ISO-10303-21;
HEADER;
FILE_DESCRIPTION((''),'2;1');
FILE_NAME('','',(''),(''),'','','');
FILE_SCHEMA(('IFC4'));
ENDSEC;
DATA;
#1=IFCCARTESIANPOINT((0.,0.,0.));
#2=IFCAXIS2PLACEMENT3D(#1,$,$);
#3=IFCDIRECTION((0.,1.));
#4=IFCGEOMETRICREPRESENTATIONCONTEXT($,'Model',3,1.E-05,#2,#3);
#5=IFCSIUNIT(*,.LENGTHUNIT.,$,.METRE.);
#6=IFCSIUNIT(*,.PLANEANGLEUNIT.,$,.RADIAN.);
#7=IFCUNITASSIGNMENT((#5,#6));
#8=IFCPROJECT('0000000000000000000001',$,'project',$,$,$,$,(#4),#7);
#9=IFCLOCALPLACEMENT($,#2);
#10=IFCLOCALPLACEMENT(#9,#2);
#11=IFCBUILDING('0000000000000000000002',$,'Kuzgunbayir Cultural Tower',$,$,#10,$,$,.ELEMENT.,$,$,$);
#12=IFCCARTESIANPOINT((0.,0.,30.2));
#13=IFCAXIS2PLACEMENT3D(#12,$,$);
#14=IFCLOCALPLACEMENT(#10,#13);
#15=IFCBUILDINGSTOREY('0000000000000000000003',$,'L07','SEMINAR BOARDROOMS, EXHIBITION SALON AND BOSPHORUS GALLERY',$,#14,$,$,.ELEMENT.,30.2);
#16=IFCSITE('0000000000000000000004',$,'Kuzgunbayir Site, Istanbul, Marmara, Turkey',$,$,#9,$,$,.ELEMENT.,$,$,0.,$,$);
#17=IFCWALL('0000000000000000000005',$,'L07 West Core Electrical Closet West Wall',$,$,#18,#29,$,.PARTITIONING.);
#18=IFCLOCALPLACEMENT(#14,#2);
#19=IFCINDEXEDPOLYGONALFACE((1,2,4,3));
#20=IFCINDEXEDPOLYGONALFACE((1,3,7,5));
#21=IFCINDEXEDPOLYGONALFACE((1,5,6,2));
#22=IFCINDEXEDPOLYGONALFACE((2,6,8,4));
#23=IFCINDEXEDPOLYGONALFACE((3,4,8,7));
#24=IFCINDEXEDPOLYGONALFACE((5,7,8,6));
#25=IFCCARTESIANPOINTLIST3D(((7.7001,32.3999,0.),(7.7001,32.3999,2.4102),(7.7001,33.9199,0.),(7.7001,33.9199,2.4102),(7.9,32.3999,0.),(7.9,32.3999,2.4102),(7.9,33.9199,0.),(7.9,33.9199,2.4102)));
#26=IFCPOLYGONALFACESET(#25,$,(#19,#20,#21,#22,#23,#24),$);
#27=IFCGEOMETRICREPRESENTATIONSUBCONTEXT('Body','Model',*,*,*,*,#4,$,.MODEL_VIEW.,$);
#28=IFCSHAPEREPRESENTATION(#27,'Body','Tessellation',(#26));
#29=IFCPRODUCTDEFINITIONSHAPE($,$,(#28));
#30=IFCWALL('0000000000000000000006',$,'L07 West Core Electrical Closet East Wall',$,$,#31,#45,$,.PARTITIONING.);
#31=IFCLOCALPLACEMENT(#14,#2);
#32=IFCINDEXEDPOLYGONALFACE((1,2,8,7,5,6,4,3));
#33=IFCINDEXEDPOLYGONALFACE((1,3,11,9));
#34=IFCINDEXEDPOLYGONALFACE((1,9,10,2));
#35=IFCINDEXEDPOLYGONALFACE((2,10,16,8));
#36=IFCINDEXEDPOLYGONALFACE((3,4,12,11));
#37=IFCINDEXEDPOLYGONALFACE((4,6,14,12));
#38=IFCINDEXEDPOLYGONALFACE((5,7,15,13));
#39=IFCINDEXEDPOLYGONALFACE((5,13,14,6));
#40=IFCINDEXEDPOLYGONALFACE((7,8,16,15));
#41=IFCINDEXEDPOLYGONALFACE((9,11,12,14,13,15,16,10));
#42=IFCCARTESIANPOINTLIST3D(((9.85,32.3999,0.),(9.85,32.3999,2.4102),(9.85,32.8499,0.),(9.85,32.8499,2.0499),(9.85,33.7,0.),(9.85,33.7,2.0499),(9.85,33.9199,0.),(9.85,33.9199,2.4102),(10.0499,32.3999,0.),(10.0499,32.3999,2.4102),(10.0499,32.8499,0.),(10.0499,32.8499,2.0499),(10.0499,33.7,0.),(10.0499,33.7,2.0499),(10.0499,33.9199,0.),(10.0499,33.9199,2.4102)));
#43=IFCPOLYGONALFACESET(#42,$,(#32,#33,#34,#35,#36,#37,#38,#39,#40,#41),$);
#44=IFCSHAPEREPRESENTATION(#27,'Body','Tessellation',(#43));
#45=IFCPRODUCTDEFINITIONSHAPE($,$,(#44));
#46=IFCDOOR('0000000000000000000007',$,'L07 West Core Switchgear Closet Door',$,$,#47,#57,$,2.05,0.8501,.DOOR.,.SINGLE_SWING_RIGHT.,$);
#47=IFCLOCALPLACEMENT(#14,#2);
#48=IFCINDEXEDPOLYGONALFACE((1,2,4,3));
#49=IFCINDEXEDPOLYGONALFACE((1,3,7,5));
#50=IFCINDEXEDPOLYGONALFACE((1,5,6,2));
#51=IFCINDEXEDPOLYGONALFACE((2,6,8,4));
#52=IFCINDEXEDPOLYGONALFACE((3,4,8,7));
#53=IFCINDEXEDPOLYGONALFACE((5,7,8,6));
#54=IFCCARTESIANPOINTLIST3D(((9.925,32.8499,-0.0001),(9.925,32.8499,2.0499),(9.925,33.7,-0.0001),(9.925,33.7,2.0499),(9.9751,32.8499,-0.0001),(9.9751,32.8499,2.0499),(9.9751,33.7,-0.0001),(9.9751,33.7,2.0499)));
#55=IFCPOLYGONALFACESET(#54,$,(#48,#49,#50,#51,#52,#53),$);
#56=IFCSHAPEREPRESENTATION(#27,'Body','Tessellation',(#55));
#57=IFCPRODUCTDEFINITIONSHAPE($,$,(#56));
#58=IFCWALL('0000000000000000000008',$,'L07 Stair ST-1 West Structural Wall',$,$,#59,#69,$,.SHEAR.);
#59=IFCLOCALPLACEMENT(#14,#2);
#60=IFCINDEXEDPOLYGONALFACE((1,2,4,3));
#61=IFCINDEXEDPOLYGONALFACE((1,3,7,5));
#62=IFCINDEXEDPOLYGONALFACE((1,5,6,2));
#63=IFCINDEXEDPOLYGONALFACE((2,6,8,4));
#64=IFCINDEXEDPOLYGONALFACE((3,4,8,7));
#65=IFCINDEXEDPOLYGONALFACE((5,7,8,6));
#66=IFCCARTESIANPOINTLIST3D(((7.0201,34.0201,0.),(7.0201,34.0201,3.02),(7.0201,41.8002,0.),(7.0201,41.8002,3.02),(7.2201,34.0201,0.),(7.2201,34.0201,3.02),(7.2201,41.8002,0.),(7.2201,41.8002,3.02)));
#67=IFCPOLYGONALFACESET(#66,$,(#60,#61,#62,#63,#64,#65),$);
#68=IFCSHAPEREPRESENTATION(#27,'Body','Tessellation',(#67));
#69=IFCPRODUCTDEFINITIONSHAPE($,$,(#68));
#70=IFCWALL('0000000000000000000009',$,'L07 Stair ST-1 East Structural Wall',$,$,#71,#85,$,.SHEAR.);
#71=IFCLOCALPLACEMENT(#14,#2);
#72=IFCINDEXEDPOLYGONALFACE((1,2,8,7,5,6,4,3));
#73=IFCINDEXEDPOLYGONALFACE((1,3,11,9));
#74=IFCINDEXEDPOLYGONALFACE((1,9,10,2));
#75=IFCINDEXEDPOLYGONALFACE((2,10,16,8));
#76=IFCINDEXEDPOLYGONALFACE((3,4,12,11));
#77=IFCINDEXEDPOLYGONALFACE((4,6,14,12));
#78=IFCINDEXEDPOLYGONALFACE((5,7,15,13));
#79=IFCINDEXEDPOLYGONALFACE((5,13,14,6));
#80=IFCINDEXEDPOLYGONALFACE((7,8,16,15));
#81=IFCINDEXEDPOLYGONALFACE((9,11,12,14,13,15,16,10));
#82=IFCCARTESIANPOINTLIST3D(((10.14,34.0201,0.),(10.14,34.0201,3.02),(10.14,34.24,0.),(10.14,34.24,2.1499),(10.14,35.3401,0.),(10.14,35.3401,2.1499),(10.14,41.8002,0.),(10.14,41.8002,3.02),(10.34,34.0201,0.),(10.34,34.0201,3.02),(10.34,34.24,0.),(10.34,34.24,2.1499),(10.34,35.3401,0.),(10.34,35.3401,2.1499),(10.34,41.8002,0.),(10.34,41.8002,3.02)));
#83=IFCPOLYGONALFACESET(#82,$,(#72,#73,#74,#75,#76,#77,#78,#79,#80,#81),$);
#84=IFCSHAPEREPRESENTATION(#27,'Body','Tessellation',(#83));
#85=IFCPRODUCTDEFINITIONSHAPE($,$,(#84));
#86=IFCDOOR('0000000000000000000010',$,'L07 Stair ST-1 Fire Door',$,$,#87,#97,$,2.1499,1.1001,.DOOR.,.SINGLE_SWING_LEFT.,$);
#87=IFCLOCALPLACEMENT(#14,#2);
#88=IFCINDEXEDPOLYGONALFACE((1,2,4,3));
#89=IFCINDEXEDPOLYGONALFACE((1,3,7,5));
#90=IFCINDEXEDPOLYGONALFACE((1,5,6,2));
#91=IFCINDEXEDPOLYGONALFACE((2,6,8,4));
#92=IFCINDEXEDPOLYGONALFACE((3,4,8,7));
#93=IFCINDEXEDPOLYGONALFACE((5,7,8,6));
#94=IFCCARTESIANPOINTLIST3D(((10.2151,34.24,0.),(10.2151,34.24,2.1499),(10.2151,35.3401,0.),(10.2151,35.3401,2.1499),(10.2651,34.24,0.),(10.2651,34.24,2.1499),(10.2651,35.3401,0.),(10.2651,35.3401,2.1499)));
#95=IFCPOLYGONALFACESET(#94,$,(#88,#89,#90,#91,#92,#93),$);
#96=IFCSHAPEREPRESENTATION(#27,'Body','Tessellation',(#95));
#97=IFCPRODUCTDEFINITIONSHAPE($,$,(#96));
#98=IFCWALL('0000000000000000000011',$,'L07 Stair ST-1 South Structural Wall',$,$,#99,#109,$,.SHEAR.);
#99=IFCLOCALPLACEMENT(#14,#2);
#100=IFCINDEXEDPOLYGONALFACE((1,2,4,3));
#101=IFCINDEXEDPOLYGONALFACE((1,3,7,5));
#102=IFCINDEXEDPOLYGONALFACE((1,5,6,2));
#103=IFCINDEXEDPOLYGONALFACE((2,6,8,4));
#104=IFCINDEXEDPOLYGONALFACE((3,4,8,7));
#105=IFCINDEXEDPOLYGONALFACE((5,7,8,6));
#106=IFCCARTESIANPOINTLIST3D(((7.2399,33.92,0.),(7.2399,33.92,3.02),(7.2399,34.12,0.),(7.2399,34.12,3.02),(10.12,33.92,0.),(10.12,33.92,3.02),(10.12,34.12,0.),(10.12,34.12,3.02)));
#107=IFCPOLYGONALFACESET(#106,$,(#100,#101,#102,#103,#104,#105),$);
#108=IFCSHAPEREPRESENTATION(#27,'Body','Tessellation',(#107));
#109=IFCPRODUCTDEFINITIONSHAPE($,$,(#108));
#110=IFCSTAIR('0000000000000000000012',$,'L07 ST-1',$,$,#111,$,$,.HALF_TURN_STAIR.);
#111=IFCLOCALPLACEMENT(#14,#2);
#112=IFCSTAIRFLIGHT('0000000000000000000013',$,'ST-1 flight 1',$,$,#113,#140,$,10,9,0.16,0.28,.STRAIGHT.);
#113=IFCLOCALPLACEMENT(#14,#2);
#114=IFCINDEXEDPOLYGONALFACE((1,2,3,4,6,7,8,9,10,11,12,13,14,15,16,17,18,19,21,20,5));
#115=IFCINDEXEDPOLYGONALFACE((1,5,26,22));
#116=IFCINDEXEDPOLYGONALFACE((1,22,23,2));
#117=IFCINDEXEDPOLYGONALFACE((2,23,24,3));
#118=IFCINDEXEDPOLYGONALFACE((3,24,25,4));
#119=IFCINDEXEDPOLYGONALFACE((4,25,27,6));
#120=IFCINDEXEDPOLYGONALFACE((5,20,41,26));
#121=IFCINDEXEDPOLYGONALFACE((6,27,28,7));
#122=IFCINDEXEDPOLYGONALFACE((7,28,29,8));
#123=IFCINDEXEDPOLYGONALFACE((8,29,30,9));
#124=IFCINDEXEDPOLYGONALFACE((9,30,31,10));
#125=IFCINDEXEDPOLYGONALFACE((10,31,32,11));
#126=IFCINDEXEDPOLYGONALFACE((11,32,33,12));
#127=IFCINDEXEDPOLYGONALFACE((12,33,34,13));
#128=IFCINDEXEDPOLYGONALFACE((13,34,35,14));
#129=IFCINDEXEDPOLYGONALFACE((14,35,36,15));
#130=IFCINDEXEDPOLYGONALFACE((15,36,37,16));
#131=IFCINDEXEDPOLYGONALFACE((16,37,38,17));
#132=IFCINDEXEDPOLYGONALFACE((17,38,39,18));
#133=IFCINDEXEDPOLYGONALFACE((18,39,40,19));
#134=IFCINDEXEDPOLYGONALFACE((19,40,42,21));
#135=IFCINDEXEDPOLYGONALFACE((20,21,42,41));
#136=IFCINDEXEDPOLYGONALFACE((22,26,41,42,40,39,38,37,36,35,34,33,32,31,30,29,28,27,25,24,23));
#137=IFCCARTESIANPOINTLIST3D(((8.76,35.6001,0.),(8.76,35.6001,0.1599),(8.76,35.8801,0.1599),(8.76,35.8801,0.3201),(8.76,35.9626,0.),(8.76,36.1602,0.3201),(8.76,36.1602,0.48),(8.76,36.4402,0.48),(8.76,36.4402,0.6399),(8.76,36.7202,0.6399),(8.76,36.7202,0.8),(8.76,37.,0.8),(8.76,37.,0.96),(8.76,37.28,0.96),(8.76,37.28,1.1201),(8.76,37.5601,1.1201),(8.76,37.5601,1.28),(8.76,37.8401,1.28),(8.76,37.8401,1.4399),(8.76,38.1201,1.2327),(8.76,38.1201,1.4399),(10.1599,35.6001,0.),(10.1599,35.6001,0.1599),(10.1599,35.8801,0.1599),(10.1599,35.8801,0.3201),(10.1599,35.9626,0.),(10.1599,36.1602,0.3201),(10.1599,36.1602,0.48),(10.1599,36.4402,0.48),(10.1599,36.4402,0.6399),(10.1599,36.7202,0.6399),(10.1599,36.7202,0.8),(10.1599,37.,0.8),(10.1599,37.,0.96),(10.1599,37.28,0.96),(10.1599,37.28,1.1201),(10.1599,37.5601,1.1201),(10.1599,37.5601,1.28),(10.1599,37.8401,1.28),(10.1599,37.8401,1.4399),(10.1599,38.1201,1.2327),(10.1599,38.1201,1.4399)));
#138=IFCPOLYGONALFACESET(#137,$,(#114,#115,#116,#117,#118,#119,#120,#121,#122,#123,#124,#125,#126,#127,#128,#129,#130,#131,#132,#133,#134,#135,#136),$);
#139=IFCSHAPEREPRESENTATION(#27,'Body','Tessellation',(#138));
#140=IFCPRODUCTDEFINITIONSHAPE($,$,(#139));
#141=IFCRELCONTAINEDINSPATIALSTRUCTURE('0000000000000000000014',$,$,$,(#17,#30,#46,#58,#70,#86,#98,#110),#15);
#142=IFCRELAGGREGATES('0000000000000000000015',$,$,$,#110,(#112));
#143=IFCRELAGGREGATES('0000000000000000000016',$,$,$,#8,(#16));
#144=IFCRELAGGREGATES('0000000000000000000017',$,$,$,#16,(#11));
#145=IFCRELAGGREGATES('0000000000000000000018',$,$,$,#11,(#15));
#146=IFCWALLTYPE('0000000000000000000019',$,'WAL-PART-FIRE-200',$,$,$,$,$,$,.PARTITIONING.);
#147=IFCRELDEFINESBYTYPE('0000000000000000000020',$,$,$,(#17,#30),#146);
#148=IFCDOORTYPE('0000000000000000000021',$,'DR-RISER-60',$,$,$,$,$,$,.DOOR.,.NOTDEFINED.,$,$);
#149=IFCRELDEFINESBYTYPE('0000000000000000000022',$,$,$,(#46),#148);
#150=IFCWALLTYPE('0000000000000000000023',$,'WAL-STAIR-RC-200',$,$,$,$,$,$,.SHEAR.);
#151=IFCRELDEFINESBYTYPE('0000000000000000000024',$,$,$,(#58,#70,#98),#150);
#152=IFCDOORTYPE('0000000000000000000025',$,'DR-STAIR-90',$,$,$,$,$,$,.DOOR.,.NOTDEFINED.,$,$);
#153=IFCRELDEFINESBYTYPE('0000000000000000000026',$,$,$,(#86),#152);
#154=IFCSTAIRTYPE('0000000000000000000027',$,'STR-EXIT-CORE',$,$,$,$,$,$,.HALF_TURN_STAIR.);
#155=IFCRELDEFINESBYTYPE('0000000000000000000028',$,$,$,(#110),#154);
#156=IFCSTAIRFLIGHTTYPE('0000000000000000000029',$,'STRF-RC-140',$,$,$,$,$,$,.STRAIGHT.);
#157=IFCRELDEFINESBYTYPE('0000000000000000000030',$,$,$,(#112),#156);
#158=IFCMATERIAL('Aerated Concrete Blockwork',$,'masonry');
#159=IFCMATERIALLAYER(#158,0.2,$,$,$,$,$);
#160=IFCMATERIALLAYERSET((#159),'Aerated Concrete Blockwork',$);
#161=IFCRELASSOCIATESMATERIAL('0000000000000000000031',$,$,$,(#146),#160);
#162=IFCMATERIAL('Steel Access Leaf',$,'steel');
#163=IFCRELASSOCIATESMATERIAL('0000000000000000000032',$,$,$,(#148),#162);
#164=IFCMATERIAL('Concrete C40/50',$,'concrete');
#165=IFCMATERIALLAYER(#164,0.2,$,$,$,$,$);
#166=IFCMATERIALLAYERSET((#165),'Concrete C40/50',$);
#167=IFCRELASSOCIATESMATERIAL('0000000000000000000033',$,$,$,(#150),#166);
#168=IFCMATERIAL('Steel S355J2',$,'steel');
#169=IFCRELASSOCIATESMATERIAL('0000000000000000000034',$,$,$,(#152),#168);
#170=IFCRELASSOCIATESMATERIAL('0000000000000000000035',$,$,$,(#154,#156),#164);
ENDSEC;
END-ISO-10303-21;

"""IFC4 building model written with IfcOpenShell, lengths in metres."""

from ifc_helpers import new_model, si_unit, direction, frame, frame_2d, origin, place, context, subcontext, project, spatial, polyline, rectangle, outline, extrude, material, layer, layer_set, type_object, element, fill, aggregate, save


model = new_model("IFC4")

# Units and contexts
model_context = context("Model", 3, precision=1e-05, world=origin(), true_north=direction((0.0, 1.0)))
body_context = subcontext(model_context, "Body", "Model", "MODEL_VIEW")
ifc_project = project(units=[si_unit("LENGTHUNIT", "METRE"), si_unit("PLANEANGLEUNIT", "RADIAN")], contexts=[model_context])

# Site, building, storey
site_placement = place(None, origin())
site = spatial("IfcSite", under=ifc_project, at=site_placement, Name="Kuzgunbayir Site, Istanbul, Marmara, Turkey", CompositionType="ELEMENT", RefElevation=0.0)
building_placement = place(site_placement, origin())
building = spatial("IfcBuilding", under=site, at=building_placement, Name="Kuzgunbayir Cultural Tower", CompositionType="ELEMENT")
storey_placement = place(building_placement, frame((0.0, 0.0, 30.2)))
storey = spatial("IfcBuildingStorey", under=building, at=storey_placement, Name="L07", Description="SEMINAR BOARDROOMS, EXHIBITION SALON AND BOSPHORUS GALLERY", CompositionType="ELEMENT", Elevation=30.2)

# Shared definitions
ifc_material_1 = material(Name="Steel S355J2", Category="steel")

# Shared definitions
ifc_material_2 = material(Name="Aerated Concrete Blockwork", Category="masonry")
ifc_layer_1 = layer(ifc_material_2, 0.2)
ifc_layer_set_1 = layer_set([ifc_layer_1], Name="Aerated Concrete Blockwork")
wall_type_1 = type_object("IfcWallType", Name="WAL-PART-FIRE-200", PredefinedType="PARTITIONING", material=ifc_layer_set_1)

# Wall
wall_1_placement = place(storey_placement, frame((7.8, 32.3999, 0.0), z_axis=(0.0, 0.0, 1.0), x_axis=(0.0, 1.0, 0.0)))
element("IfcWall", 1, at=wall_1_placement, inside=storey, type_object=wall_type_1, Name="L07 West Core Electrical Closet West Wall", PredefinedType="PARTITIONING", context=body_context, shape_type="SweptSolid", body=[
    extrude(rectangle(XDim=1.52, YDim=0.2, at=frame_2d((0.76, 0.0))), origin(), (0.0, 0.0, 1.0), 2.4102),
])

# Wall, opening, door
wall_2_placement = place(storey_placement, frame((9.95, 32.3999, 0.0), z_axis=(0.0, 0.0, 1.0), x_axis=(0.0, 1.0, 0.0)))
wall_2 = element("IfcWall", 2, at=wall_2_placement, inside=storey, type_object=wall_type_1, Name="L07 West Core Electrical Closet East Wall", PredefinedType="PARTITIONING", context=body_context, shape_type="SweptSolid", body=[
    extrude(rectangle(XDim=1.52, YDim=0.2, at=frame_2d((0.76, 0.0))), origin(), (0.0, 0.0, 1.0), 2.4102),
])
opening_1_placement = place(wall_2_placement, frame((0.45, 0.0, 0.0)))
opening_1 = element("IfcOpeningElement", 3, at=opening_1_placement, cuts=wall_2, PredefinedType="OPENING", context=body_context, shape_type="SweptSolid", body=[
    extrude(rectangle(XDim=0.8501, YDim=2.05, at=frame_2d((0.425, 1.0249))), frame((0.0, 0.1099, 0.0), z_axis=(0.0, -1.0, 0.0), x_axis=(1.0, 0.0, 0.0)), (0.0, 0.0, 1.0), 0.22),
])
ifc_material_3 = material(Name="Steel Access Leaf", Category="steel")
door_type_1 = type_object("IfcDoorType", Name="DR-RISER-60", OperationType="NOTDEFINED", PredefinedType="DOOR", material=ifc_material_3)
door_1_placement = place(opening_1_placement, origin())
door_1 = element("IfcDoor", 4, at=door_1_placement, inside=storey, type_object=door_type_1, Name="L07 West Core Switchgear Closet Door", OperationType="SINGLE_SWING_RIGHT", OverallHeight=2.05, OverallWidth=0.8501, PredefinedType="DOOR", context=body_context, shape_type="SweptSolid", body=[
    extrude(rectangle(XDim=0.8501, YDim=2.05, at=frame_2d((0.425, 1.0249))), frame((0.0, 0.0249, 0.0), z_axis=(0.0, -1.0, 0.0), x_axis=(1.0, 0.0, 0.0)), (0.0, 0.0, 1.0), 0.05),
])
fill(opening_1, door_1)

# Wall
ifc_material_4 = material(Name="Concrete C40/50", Category="concrete")
ifc_layer_2 = layer(ifc_material_4, 0.2)
ifc_layer_set_2 = layer_set([ifc_layer_2], Name="Concrete C40/50")
wall_type_2 = type_object("IfcWallType", Name="WAL-STAIR-RC-200", PredefinedType="SHEAR", material=ifc_layer_set_2)
wall_3_placement = place(storey_placement, frame((7.1201, 34.02, 0.0), z_axis=(0.0, 0.0, 1.0), x_axis=(0.0, 1.0, 0.0)))
element("IfcWall", 5, at=wall_3_placement, inside=storey, type_object=wall_type_2, Name="L07 Stair ST-1 West Structural Wall", PredefinedType="SHEAR", context=body_context, shape_type="SweptSolid", body=[
    extrude(rectangle(XDim=7.78, YDim=0.2, at=frame_2d((3.8901, 0.0))), origin(), (0.0, 0.0, 1.0), 3.02),
])

# Wall, opening, door
wall_4_placement = place(storey_placement, frame((10.24, 34.02, 0.0), z_axis=(0.0, 0.0, 1.0), x_axis=(0.0, 1.0, 0.0)))
wall_4 = element("IfcWall", 6, at=wall_4_placement, inside=storey, type_object=wall_type_2, Name="L07 Stair ST-1 East Structural Wall", PredefinedType="SHEAR", context=body_context, shape_type="SweptSolid", body=[
    extrude(rectangle(XDim=7.78, YDim=0.2, at=frame_2d((3.8901, 0.0))), origin(), (0.0, 0.0, 1.0), 3.02),
])
opening_2_placement = place(wall_4_placement, frame((0.22, 0.0, 0.0)))
opening_2 = element("IfcOpeningElement", 7, at=opening_2_placement, cuts=wall_4, PredefinedType="OPENING", context=body_context, shape_type="SweptSolid", body=[
    extrude(rectangle(XDim=1.1001, YDim=2.1499, at=frame_2d((0.55, 1.075))), frame((0.0, 0.1099, 0.0), z_axis=(0.0, -1.0, 0.0), x_axis=(1.0, 0.0, 0.0)), (0.0, 0.0, 1.0), 0.22),
])
door_type_2 = type_object("IfcDoorType", Name="DR-STAIR-90", OperationType="NOTDEFINED", PredefinedType="DOOR", material=ifc_material_1)
door_2_placement = place(opening_2_placement, origin())
door_2 = element("IfcDoor", 8, at=door_2_placement, inside=storey, type_object=door_type_2, Name="L07 Stair ST-1 Fire Door", OperationType="SINGLE_SWING_LEFT", OverallHeight=2.1499, OverallWidth=1.1001, PredefinedType="DOOR", context=body_context, shape_type="SweptSolid", body=[
    extrude(rectangle(XDim=1.1001, YDim=2.1499, at=frame_2d((0.55, 1.075))), frame((0.0, 0.0249, 0.0), z_axis=(0.0, -1.0, 0.0), x_axis=(1.0, 0.0, 0.0)), (0.0, 0.0, 1.0), 0.05),
])
fill(opening_2, door_2)

# Wall
wall_5_placement = place(storey_placement, frame((7.24, 34.02, 0.0), z_axis=(0.0, 0.0, 1.0), x_axis=(1.0, 0.0, 0.0)))
element("IfcWall", 9, at=wall_5_placement, inside=storey, type_object=wall_type_2, Name="L07 Stair ST-1 South Structural Wall", PredefinedType="SHEAR", context=body_context, shape_type="SweptSolid", body=[
    extrude(rectangle(XDim=2.8801, YDim=0.2, at=frame_2d((1.4399, 0.0))), origin(), (0.0, 0.0, 1.0), 3.02),
])

# Stair, stair flight
stair_type = type_object("IfcStairType", Name="STR-EXIT-CORE", PredefinedType="HALF_TURN_STAIR", material=ifc_material_4)
stair_placement = place(storey_placement, origin())
stair = element("IfcStair", 10, at=stair_placement, inside=storey, type_object=stair_type, Name="L07 ST-1", PredefinedType="HALF_TURN_STAIR")
stair_flight_type = type_object("IfcStairFlightType", Name="STRF-RC-140", PredefinedType="STRAIGHT", material=ifc_material_4)
stair_flight_placement = place(storey_placement, frame((9.46, 35.6001, 0.0), z_axis=(0.0, 0.0, 1.0), x_axis=(0.0, 1.0, 0.0)))
stair_flight = element("IfcStairFlight", 11, at=stair_flight_placement, type_object=stair_flight_type, Name="ST-1 flight 1", NumberOfRisers=10, NumberOfTreads=9, PredefinedType="STRAIGHT", RiserHeight=0.16, TreadLength=0.28, context=body_context, shape_type="SweptSolid", body=[
    extrude(outline(polyline([(0.0, 0.0), (0.0, 0.1599), (0.28, 0.1599), (0.28, 0.3201), (0.5601, 0.3201), (0.5601, 0.48), (0.8401, 0.48), (0.8401, 0.6399), (1.1201, 0.6399), (1.1201, 0.8), (1.3999, 0.8), (1.3999, 0.96), (1.6799, 0.96), (1.6799, 1.1201), (1.96, 1.1201), (1.96, 1.28), (2.24, 1.28), (2.24, 1.4399), (2.52, 1.4399), (2.52, 1.6001), (2.52, 1.2327), (0.3625, 0.0), (0.0, 0.0)])), frame((0.0, 0.7, 0.0), z_axis=(0.0, -1.0, 0.0), x_axis=(1.0, 0.0, 0.0)), (0.0, 0.0, 1.0), 1.3999),
])
aggregate(stair, [stair_flight])

save(model, "model.ifc")
